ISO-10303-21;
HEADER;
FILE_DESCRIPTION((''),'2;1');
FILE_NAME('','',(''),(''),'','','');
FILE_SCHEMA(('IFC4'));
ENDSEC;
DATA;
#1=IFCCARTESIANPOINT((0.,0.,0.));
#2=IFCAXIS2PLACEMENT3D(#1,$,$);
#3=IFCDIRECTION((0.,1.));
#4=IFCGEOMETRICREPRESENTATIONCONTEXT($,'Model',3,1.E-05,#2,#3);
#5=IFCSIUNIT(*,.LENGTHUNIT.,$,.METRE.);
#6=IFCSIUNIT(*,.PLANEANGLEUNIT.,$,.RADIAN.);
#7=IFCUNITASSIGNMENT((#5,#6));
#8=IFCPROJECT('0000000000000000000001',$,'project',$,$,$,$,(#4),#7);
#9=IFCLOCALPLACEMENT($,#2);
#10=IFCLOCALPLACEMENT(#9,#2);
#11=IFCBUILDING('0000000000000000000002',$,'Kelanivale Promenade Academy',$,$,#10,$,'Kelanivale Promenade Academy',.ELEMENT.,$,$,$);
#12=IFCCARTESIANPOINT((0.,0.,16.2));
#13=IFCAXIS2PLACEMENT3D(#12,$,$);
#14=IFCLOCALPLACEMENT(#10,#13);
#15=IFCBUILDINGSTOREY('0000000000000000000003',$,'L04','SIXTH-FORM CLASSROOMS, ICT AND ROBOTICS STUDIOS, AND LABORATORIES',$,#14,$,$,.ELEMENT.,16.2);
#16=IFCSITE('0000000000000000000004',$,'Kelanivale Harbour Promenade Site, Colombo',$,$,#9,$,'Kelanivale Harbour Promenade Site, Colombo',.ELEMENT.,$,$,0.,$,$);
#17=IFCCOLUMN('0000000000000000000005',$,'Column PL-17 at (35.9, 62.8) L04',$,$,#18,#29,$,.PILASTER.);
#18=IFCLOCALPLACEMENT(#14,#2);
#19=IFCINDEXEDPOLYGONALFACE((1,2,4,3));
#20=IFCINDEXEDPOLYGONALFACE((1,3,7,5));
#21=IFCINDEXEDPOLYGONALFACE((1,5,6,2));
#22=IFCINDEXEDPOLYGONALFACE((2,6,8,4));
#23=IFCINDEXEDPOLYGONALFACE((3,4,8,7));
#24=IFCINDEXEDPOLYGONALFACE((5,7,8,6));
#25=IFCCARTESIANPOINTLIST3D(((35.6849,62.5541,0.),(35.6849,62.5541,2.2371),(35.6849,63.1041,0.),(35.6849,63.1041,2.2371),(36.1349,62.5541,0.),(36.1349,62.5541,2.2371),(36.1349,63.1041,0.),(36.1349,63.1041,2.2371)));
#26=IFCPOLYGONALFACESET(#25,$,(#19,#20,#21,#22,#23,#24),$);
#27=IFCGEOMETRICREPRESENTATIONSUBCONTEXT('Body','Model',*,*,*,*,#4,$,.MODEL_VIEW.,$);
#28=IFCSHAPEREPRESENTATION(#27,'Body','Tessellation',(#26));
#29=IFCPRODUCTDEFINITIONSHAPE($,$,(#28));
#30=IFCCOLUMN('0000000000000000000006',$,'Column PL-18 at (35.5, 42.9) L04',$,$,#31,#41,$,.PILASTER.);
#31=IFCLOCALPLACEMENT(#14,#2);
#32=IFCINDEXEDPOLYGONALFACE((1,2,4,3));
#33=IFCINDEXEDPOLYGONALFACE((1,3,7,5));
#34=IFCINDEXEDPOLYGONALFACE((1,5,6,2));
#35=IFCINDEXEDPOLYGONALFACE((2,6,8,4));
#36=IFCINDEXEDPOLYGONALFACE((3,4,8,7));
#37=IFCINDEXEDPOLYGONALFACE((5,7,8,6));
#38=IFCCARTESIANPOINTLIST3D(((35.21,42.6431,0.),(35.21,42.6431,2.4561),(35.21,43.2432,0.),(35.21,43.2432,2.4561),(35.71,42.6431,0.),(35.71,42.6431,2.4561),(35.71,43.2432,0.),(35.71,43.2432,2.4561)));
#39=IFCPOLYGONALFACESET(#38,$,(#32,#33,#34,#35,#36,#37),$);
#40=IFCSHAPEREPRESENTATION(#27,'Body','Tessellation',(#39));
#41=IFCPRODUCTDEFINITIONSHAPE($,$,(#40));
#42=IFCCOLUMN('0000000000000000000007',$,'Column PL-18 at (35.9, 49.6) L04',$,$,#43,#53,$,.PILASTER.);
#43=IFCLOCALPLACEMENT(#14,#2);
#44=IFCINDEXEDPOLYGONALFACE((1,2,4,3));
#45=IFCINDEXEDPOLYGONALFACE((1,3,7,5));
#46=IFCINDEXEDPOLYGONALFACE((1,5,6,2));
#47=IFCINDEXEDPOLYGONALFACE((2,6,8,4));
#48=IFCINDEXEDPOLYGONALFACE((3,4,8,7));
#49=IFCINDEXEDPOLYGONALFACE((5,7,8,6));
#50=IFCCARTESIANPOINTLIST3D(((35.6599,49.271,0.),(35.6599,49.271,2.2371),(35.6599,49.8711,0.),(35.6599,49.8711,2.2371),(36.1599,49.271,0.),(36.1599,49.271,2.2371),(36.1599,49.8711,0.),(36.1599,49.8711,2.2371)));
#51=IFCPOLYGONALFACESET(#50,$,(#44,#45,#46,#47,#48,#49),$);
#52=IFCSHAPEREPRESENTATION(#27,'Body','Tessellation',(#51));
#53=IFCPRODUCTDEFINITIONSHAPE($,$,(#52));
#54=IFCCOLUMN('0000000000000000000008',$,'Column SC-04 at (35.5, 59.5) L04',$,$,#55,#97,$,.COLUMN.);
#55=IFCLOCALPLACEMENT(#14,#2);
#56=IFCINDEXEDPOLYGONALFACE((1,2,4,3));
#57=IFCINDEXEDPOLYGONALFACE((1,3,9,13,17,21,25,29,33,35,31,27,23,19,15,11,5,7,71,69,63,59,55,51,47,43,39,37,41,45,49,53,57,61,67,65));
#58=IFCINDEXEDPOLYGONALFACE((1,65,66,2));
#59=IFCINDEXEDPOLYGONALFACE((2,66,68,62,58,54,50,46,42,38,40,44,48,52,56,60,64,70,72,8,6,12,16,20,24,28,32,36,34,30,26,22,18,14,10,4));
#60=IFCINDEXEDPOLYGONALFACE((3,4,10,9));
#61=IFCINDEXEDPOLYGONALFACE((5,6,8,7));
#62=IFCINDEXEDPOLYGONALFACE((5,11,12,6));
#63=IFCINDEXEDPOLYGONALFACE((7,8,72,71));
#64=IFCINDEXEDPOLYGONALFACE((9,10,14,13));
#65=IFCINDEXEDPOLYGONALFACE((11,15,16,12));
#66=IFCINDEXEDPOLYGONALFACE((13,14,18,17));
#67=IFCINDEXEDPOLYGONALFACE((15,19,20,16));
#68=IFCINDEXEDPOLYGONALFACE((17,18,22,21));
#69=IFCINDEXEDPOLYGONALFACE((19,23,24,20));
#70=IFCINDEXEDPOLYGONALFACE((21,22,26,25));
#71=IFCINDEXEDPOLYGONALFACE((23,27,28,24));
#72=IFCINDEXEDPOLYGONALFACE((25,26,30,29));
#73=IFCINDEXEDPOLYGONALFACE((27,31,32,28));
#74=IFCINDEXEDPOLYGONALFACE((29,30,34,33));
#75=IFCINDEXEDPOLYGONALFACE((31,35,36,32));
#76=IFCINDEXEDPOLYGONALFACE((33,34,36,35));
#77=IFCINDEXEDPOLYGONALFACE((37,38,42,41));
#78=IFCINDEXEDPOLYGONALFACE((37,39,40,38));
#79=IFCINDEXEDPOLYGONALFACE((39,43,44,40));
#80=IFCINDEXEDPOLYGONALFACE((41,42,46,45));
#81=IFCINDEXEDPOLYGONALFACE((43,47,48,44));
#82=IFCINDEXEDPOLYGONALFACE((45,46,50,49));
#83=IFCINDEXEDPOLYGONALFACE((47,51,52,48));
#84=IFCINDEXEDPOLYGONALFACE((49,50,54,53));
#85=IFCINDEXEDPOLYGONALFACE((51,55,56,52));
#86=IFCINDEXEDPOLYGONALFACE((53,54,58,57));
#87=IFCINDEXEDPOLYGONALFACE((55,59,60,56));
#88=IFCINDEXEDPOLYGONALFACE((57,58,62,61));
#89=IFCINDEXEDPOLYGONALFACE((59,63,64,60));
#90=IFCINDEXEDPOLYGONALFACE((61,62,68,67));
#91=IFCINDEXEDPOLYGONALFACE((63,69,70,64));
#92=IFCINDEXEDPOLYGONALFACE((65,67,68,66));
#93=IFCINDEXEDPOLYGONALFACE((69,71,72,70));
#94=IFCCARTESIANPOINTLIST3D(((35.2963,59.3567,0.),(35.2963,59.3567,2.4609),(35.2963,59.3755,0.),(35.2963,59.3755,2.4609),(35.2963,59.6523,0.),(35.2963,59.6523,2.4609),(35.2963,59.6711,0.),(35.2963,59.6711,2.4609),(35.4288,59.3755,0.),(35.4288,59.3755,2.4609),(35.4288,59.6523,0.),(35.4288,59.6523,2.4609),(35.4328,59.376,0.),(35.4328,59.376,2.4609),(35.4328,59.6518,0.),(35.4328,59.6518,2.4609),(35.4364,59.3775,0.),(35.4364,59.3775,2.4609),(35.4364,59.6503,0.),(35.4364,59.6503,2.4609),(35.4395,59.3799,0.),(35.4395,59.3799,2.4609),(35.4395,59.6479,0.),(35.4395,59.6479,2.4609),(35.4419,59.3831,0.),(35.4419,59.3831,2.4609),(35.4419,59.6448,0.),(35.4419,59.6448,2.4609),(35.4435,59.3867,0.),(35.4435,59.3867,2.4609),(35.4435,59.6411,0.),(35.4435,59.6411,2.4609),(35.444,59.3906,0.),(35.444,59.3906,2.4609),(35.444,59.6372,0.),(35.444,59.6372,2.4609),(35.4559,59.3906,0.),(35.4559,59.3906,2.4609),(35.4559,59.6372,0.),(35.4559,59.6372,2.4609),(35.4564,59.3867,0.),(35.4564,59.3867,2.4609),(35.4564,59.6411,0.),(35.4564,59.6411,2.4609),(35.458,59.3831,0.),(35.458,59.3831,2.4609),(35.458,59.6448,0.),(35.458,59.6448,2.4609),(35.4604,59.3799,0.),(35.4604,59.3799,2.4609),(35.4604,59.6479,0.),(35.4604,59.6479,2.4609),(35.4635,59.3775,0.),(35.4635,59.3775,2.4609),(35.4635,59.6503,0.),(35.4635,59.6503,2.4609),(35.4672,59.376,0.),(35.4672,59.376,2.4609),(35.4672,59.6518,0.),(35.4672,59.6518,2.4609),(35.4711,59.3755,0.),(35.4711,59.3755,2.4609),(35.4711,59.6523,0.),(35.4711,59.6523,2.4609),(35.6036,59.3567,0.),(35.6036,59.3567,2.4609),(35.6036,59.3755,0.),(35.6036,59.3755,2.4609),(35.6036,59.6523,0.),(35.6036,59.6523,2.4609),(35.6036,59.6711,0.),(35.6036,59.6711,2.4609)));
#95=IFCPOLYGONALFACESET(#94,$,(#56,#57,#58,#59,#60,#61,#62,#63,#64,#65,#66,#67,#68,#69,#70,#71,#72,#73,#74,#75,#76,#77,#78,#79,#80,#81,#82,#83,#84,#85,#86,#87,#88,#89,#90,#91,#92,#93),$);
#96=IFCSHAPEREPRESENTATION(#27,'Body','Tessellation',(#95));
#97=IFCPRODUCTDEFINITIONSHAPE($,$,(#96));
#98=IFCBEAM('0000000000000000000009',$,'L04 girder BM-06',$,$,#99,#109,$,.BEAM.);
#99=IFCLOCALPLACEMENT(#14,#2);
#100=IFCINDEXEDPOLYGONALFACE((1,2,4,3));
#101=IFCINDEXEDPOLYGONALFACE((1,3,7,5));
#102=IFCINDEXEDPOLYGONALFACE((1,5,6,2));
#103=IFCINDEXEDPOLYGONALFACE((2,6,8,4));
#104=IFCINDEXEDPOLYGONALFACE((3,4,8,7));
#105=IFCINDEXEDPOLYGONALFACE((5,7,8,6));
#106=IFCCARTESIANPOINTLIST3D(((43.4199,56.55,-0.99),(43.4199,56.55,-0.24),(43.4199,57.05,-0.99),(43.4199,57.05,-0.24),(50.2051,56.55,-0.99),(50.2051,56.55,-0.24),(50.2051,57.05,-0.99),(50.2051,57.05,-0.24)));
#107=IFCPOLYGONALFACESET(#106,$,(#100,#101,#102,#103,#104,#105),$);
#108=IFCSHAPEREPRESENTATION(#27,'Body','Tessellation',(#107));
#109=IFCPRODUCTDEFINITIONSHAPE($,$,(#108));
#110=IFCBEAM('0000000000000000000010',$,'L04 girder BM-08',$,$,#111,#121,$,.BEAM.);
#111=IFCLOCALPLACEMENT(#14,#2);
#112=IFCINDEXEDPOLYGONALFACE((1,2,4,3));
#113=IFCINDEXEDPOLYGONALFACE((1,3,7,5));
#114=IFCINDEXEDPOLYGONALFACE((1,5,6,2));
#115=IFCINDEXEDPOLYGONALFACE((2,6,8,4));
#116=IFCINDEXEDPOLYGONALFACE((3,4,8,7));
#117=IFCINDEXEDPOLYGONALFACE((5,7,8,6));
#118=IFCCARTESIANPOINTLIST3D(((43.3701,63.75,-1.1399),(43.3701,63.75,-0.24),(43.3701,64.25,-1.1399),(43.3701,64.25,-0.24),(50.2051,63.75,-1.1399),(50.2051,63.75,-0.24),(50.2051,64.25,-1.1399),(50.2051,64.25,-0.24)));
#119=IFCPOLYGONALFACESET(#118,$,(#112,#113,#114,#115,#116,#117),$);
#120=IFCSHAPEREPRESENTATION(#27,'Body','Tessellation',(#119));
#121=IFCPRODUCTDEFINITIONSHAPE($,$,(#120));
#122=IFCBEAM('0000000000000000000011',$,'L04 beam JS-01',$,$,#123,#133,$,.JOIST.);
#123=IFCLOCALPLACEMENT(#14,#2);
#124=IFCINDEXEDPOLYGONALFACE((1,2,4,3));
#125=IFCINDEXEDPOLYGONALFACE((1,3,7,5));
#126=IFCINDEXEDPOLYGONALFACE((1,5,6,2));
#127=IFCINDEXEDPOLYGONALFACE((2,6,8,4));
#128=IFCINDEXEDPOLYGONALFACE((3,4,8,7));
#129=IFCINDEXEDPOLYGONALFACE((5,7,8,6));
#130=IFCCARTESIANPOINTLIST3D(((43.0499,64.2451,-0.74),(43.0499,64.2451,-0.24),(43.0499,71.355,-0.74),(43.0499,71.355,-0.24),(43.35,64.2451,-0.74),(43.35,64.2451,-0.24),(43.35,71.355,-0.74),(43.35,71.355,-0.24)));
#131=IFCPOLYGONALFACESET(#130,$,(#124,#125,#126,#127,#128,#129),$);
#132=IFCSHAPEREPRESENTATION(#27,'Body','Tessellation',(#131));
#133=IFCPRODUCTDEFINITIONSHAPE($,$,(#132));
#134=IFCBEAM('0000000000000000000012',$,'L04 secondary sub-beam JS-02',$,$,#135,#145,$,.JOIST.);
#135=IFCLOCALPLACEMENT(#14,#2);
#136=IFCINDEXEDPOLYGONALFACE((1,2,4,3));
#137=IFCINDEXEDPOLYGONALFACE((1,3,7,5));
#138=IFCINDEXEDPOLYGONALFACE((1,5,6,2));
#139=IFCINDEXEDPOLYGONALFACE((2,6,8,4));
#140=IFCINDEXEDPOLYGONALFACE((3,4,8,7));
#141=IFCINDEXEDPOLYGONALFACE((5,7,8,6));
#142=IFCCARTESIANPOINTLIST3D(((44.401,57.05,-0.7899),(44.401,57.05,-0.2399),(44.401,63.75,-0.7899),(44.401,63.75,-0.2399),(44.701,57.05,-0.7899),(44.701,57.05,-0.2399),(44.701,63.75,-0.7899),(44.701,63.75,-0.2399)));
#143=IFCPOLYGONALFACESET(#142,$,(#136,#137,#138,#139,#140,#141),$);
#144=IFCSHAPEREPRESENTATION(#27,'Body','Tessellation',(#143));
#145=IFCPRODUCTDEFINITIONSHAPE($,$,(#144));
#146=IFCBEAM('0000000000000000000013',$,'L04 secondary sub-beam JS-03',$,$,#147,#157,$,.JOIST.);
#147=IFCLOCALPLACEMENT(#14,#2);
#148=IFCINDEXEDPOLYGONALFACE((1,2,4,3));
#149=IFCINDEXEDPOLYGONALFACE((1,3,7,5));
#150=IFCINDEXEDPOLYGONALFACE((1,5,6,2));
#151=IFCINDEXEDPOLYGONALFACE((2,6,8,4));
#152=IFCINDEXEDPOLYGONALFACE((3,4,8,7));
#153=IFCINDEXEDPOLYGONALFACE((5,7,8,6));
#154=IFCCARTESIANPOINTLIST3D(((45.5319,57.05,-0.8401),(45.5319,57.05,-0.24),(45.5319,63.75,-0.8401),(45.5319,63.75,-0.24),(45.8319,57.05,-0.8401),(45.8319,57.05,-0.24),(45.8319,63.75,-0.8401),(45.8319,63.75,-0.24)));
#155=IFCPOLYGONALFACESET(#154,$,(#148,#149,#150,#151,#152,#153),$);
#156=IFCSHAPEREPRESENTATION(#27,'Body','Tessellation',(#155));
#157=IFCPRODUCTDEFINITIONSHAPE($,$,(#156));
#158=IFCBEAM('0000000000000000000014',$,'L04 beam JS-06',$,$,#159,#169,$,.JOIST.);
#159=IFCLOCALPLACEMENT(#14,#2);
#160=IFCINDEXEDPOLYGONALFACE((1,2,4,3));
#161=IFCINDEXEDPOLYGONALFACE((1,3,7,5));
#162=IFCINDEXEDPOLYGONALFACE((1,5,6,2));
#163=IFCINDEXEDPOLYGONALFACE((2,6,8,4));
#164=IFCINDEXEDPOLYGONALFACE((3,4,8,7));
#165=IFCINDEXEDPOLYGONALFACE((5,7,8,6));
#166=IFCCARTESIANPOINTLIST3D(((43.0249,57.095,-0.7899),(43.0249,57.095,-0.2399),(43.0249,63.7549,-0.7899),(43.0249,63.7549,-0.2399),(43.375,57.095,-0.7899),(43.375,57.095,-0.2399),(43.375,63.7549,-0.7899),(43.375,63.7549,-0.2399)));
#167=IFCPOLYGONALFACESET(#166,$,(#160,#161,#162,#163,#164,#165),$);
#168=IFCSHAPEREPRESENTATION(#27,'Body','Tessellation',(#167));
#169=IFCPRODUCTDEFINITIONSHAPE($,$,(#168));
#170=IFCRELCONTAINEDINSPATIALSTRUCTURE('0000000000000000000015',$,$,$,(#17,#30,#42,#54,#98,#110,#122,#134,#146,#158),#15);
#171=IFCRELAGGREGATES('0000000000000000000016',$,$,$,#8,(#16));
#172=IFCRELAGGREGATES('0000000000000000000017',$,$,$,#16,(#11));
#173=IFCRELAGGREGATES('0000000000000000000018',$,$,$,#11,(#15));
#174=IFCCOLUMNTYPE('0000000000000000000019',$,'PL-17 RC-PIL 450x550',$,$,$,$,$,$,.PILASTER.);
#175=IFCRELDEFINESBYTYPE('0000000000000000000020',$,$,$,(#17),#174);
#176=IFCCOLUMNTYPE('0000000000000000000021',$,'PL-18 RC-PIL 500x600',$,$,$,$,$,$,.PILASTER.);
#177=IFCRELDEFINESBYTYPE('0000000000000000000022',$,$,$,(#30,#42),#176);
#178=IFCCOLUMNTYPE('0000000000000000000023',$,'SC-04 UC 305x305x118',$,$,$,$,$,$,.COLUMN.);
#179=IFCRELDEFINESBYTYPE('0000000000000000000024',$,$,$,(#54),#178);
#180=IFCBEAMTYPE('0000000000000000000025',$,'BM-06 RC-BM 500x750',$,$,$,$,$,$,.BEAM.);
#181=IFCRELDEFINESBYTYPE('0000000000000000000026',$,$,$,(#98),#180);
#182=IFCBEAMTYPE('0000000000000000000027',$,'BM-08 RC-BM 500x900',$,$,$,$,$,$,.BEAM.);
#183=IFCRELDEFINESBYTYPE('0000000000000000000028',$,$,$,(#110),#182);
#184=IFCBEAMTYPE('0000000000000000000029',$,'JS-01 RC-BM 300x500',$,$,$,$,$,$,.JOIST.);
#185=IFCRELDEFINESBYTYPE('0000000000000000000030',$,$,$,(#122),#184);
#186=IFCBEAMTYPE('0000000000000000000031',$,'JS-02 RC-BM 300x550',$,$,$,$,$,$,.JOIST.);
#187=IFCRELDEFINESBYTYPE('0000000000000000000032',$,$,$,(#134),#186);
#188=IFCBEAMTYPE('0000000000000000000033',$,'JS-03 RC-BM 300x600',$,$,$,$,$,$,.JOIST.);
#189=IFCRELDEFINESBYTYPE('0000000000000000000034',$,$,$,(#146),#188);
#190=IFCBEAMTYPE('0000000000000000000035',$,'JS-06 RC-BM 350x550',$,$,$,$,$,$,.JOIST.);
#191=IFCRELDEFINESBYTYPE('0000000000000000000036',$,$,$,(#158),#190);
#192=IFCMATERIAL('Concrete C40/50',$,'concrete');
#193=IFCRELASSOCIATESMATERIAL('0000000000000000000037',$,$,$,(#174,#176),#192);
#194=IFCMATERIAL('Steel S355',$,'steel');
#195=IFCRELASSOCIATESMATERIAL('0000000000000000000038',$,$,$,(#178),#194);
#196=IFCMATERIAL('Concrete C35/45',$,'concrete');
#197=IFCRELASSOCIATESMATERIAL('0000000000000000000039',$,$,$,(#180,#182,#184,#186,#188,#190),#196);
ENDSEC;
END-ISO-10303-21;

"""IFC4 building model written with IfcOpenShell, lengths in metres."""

from ifc_helpers import new_model, si_unit, direction, frame, origin, origin_2d, place, context, subcontext, project, spatial, rectangle, i_section, extrude, material, material_profile, profile_set, type_object, element, save


model = new_model("IFC4")

# Units and contexts
model_context = context("Model", 3, precision=1e-05, world=origin(), true_north=direction((0.0, 1.0)))
body_context = subcontext(model_context, "Body", "Model", "MODEL_VIEW")
ifc_project = project(units=[si_unit("LENGTHUNIT", "METRE"), si_unit("PLANEANGLEUNIT", "RADIAN")], contexts=[model_context])

# Site, building, storey
site_placement = place(None, origin())
site = spatial("IfcSite", under=ifc_project, at=site_placement, Name="Kelanivale Harbour Promenade Site, Colombo", LongName="Kelanivale Harbour Promenade Site, Colombo", CompositionType="ELEMENT", RefElevation=0.0)
building_placement = place(site_placement, origin())
building = spatial("IfcBuilding", under=site, at=building_placement, Name="Kelanivale Promenade Academy", LongName="Kelanivale Promenade Academy", CompositionType="ELEMENT")
storey_placement = place(building_placement, frame((0.0, 0.0, 16.2)))
storey = spatial("IfcBuildingStorey", under=building, at=storey_placement, Name="L04", Description="SIXTH-FORM CLASSROOMS, ICT AND ROBOTICS STUDIOS, AND LABORATORIES", CompositionType="ELEMENT", Elevation=16.2)

# Columns
ifc_material_1 = material(Name="Concrete C40/50", Category="concrete")
ifc_material_profile_1 = material_profile(ifc_material_1, rectangle(XDim=0.45, YDim=0.55, at=origin_2d()), Name="RC-PIL 450x550")
ifc_profile_set_1 = profile_set([ifc_material_profile_1], Name="Concrete C40/50")
column_type_1 = type_object("IfcColumnType", Name="PL-17 RC-PIL 450x550", PredefinedType="PILASTER", material=ifc_profile_set_1)
column_1_placement = place(storey_placement, frame((35.9099, 62.8291, 0.0), z_axis=(0.0, 0.0, 1.0), x_axis=(1.0, 0.0, 0.0)))
element("IfcColumn", 1, at=column_1_placement, inside=storey, type_object=column_type_1, Name="Column PL-17 at (35.9, 62.8) L04", PredefinedType="PILASTER", context=body_context, shape_type="SweptSolid", body=[
    extrude(rectangle(XDim=0.45, YDim=0.55, at=origin_2d()), origin(), (0.0, 0.0, 1.0), 2.2371),
])
ifc_material_profile_2 = material_profile(ifc_material_1, rectangle(XDim=0.5, YDim=0.6001, at=origin_2d()), Name="RC-PIL 500x600")
ifc_profile_set_2 = profile_set([ifc_material_profile_2], Name="Concrete C40/50")
column_type_2 = type_object("IfcColumnType", Name="PL-18 RC-PIL 500x600", PredefinedType="PILASTER", material=ifc_profile_set_2)
column_2_placement = place(storey_placement, frame((35.46, 42.9431, 0.0), z_axis=(0.0, 0.0, 1.0), x_axis=(1.0, 0.0, 0.0)))
element("IfcColumn", 2, at=column_2_placement, inside=storey, type_object=column_type_2, Name="Column PL-18 at (35.5, 42.9) L04", PredefinedType="PILASTER", context=body_context, shape_type="SweptSolid", body=[
    extrude(rectangle(XDim=0.5, YDim=0.6001, at=origin_2d()), origin(), (0.0, 0.0, 1.0), 2.4561),
])
column_3_placement = place(storey_placement, frame((35.9099, 49.571, 0.0), z_axis=(0.0, 0.0, 1.0), x_axis=(1.0, 0.0, 0.0)))
element("IfcColumn", 3, at=column_3_placement, inside=storey, type_object=column_type_2, Name="Column PL-18 at (35.9, 49.6) L04", PredefinedType="PILASTER", context=body_context, shape_type="SweptSolid", body=[
    extrude(rectangle(XDim=0.5, YDim=0.6001, at=origin_2d()), origin(), (0.0, 0.0, 1.0), 2.2371),
])
ifc_material_2 = material(Name="Steel S355", Category="steel")
ifc_material_profile_3 = material_profile(ifc_material_2, i_section(OverallWidth=0.3074, OverallDepth=0.3145, WebThickness=0.012, FlangeThickness=0.0188, FilletRadius=0.0151, at=origin_2d()), Name="UC 305x305x118")
ifc_profile_set_3 = profile_set([ifc_material_profile_3], Name="Steel S355")
column_type_3 = type_object("IfcColumnType", Name="SC-04 UC 305x305x118", PredefinedType="COLUMN", material=ifc_profile_set_3)
column_4_placement = place(storey_placement, frame((35.45, 59.5139, 0.0), z_axis=(0.0, 0.0, 1.0), x_axis=(1.0, 0.0, 0.0)))
element("IfcColumn", 4, at=column_4_placement, inside=storey, type_object=column_type_3, Name="Column SC-04 at (35.5, 59.5) L04", PredefinedType="COLUMN", context=body_context, shape_type="SweptSolid", body=[
    extrude(i_section(OverallWidth=0.3074, OverallDepth=0.3145, WebThickness=0.012, FlangeThickness=0.0188, FilletRadius=0.0151, at=origin_2d()), origin(), (0.0, 0.0, 1.0), 2.4609),
])

# Beams
ifc_material_3 = material(Name="Concrete C35/45", Category="concrete")
ifc_material_profile_4 = material_profile(ifc_material_3, rectangle(XDim=0.5, YDim=0.75, at=origin_2d()), Name="RC-BM 500x750")
ifc_profile_set_4 = profile_set([ifc_material_profile_4], Name="Concrete C35/45")
beam_type_1 = type_object("IfcBeamType", Name="BM-06 RC-BM 500x750", PredefinedType="BEAM", material=ifc_profile_set_4)
beam_1_placement = place(storey_placement, frame((43.4199, 56.8, -0.615), z_axis=(1.0, 0.0, 0.0), x_axis=(0.0, 1.0, 0.0)))
element("IfcBeam", 5, at=beam_1_placement, inside=storey, type_object=beam_type_1, Name="L04 girder BM-06", PredefinedType="BEAM", context=body_context, shape_type="SweptSolid", body=[
    extrude(rectangle(XDim=0.5, YDim=0.75, at=origin_2d()), origin(), (0.0, 0.0, 1.0), 6.7852),
])
ifc_material_profile_5 = material_profile(ifc_material_3, rectangle(XDim=0.5, YDim=0.8999, at=origin_2d()), Name="RC-BM 500x900")
ifc_profile_set_5 = profile_set([ifc_material_profile_5], Name="Concrete C35/45")
beam_type_2 = type_object("IfcBeamType", Name="BM-08 RC-BM 500x900", PredefinedType="BEAM", material=ifc_profile_set_5)
beam_2_placement = place(storey_placement, frame((43.3701, 64.0, -0.6899), z_axis=(1.0, 0.0, 0.0), x_axis=(0.0, 1.0, 0.0)))
element("IfcBeam", 6, at=beam_2_placement, inside=storey, type_object=beam_type_2, Name="L04 girder BM-08", PredefinedType="BEAM", context=body_context, shape_type="SweptSolid", body=[
    extrude(rectangle(XDim=0.5, YDim=0.8999, at=origin_2d()), origin(), (0.0, 0.0, 1.0), 6.835),
])
ifc_material_profile_6 = material_profile(ifc_material_3, rectangle(XDim=0.3, YDim=0.5, at=origin_2d()), Name="RC-BM 300x500")
ifc_profile_set_6 = profile_set([ifc_material_profile_6], Name="Concrete C35/45")
beam_type_3 = type_object("IfcBeamType", Name="JS-01 RC-BM 300x500", PredefinedType="JOIST", material=ifc_profile_set_6)
beam_3_placement = place(storey_placement, frame((43.2, 64.2451, -0.49), z_axis=(0.0, 1.0, 0.0), x_axis=(-1.0, 0.0, 0.0)))
element("IfcBeam", 7, at=beam_3_placement, inside=storey, type_object=beam_type_3, Name="L04 beam JS-01", PredefinedType="JOIST", context=body_context, shape_type="SweptSolid", body=[
    extrude(rectangle(XDim=0.3, YDim=0.5, at=origin_2d()), origin(), (0.0, 0.0, 1.0), 7.1099),
])
ifc_material_profile_7 = material_profile(ifc_material_3, rectangle(XDim=0.3, YDim=0.55, at=origin_2d()), Name="RC-BM 300x550")
ifc_profile_set_7 = profile_set([ifc_material_profile_7], Name="Concrete C35/45")
beam_type_4 = type_object("IfcBeamType", Name="JS-02 RC-BM 300x550", PredefinedType="JOIST", material=ifc_profile_set_7)
beam_4_placement = place(storey_placement, frame((44.551, 57.05, -0.5149), z_axis=(0.0, 1.0, 0.0), x_axis=(-1.0, 0.0, 0.0)))
element("IfcBeam", 8, at=beam_4_placement, inside=storey, type_object=beam_type_4, Name="L04 secondary sub-beam JS-02", PredefinedType="JOIST", context=body_context, shape_type="SweptSolid", body=[
    extrude(rectangle(XDim=0.3, YDim=0.55, at=origin_2d()), origin(), (0.0, 0.0, 1.0), 6.7),
])
ifc_material_profile_8 = material_profile(ifc_material_3, rectangle(XDim=0.3, YDim=0.6001, at=origin_2d()), Name="RC-BM 300x600")
ifc_profile_set_8 = profile_set([ifc_material_profile_8], Name="Concrete C35/45")
beam_type_5 = type_object("IfcBeamType", Name="JS-03 RC-BM 300x600", PredefinedType="JOIST", material=ifc_profile_set_8)
beam_5_placement = place(storey_placement, frame((45.6819, 57.05, -0.54), z_axis=(0.0, 1.0, 0.0), x_axis=(-1.0, 0.0, 0.0)))
element("IfcBeam", 9, at=beam_5_placement, inside=storey, type_object=beam_type_5, Name="L04 secondary sub-beam JS-03", PredefinedType="JOIST", context=body_context, shape_type="SweptSolid", body=[
    extrude(rectangle(XDim=0.3, YDim=0.6001, at=origin_2d()), origin(), (0.0, 0.0, 1.0), 6.7),
])
ifc_material_profile_9 = material_profile(ifc_material_3, rectangle(XDim=0.3501, YDim=0.55, at=origin_2d()), Name="RC-BM 350x550")
ifc_profile_set_9 = profile_set([ifc_material_profile_9], Name="Concrete C35/45")
beam_type_6 = type_object("IfcBeamType", Name="JS-06 RC-BM 350x550", PredefinedType="JOIST", material=ifc_profile_set_9)
beam_6_placement = place(storey_placement, frame((43.2, 57.095, -0.5149), z_axis=(0.0, 1.0, 0.0), x_axis=(-1.0, 0.0, 0.0)))
element("IfcBeam", 10, at=beam_6_placement, inside=storey, type_object=beam_type_6, Name="L04 beam JS-06", PredefinedType="JOIST", context=body_context, shape_type="SweptSolid", body=[
    extrude(rectangle(XDim=0.3501, YDim=0.55, at=origin_2d()), origin(), (0.0, 0.0, 1.0), 6.6599),
])

save(model, "model.ifc")
